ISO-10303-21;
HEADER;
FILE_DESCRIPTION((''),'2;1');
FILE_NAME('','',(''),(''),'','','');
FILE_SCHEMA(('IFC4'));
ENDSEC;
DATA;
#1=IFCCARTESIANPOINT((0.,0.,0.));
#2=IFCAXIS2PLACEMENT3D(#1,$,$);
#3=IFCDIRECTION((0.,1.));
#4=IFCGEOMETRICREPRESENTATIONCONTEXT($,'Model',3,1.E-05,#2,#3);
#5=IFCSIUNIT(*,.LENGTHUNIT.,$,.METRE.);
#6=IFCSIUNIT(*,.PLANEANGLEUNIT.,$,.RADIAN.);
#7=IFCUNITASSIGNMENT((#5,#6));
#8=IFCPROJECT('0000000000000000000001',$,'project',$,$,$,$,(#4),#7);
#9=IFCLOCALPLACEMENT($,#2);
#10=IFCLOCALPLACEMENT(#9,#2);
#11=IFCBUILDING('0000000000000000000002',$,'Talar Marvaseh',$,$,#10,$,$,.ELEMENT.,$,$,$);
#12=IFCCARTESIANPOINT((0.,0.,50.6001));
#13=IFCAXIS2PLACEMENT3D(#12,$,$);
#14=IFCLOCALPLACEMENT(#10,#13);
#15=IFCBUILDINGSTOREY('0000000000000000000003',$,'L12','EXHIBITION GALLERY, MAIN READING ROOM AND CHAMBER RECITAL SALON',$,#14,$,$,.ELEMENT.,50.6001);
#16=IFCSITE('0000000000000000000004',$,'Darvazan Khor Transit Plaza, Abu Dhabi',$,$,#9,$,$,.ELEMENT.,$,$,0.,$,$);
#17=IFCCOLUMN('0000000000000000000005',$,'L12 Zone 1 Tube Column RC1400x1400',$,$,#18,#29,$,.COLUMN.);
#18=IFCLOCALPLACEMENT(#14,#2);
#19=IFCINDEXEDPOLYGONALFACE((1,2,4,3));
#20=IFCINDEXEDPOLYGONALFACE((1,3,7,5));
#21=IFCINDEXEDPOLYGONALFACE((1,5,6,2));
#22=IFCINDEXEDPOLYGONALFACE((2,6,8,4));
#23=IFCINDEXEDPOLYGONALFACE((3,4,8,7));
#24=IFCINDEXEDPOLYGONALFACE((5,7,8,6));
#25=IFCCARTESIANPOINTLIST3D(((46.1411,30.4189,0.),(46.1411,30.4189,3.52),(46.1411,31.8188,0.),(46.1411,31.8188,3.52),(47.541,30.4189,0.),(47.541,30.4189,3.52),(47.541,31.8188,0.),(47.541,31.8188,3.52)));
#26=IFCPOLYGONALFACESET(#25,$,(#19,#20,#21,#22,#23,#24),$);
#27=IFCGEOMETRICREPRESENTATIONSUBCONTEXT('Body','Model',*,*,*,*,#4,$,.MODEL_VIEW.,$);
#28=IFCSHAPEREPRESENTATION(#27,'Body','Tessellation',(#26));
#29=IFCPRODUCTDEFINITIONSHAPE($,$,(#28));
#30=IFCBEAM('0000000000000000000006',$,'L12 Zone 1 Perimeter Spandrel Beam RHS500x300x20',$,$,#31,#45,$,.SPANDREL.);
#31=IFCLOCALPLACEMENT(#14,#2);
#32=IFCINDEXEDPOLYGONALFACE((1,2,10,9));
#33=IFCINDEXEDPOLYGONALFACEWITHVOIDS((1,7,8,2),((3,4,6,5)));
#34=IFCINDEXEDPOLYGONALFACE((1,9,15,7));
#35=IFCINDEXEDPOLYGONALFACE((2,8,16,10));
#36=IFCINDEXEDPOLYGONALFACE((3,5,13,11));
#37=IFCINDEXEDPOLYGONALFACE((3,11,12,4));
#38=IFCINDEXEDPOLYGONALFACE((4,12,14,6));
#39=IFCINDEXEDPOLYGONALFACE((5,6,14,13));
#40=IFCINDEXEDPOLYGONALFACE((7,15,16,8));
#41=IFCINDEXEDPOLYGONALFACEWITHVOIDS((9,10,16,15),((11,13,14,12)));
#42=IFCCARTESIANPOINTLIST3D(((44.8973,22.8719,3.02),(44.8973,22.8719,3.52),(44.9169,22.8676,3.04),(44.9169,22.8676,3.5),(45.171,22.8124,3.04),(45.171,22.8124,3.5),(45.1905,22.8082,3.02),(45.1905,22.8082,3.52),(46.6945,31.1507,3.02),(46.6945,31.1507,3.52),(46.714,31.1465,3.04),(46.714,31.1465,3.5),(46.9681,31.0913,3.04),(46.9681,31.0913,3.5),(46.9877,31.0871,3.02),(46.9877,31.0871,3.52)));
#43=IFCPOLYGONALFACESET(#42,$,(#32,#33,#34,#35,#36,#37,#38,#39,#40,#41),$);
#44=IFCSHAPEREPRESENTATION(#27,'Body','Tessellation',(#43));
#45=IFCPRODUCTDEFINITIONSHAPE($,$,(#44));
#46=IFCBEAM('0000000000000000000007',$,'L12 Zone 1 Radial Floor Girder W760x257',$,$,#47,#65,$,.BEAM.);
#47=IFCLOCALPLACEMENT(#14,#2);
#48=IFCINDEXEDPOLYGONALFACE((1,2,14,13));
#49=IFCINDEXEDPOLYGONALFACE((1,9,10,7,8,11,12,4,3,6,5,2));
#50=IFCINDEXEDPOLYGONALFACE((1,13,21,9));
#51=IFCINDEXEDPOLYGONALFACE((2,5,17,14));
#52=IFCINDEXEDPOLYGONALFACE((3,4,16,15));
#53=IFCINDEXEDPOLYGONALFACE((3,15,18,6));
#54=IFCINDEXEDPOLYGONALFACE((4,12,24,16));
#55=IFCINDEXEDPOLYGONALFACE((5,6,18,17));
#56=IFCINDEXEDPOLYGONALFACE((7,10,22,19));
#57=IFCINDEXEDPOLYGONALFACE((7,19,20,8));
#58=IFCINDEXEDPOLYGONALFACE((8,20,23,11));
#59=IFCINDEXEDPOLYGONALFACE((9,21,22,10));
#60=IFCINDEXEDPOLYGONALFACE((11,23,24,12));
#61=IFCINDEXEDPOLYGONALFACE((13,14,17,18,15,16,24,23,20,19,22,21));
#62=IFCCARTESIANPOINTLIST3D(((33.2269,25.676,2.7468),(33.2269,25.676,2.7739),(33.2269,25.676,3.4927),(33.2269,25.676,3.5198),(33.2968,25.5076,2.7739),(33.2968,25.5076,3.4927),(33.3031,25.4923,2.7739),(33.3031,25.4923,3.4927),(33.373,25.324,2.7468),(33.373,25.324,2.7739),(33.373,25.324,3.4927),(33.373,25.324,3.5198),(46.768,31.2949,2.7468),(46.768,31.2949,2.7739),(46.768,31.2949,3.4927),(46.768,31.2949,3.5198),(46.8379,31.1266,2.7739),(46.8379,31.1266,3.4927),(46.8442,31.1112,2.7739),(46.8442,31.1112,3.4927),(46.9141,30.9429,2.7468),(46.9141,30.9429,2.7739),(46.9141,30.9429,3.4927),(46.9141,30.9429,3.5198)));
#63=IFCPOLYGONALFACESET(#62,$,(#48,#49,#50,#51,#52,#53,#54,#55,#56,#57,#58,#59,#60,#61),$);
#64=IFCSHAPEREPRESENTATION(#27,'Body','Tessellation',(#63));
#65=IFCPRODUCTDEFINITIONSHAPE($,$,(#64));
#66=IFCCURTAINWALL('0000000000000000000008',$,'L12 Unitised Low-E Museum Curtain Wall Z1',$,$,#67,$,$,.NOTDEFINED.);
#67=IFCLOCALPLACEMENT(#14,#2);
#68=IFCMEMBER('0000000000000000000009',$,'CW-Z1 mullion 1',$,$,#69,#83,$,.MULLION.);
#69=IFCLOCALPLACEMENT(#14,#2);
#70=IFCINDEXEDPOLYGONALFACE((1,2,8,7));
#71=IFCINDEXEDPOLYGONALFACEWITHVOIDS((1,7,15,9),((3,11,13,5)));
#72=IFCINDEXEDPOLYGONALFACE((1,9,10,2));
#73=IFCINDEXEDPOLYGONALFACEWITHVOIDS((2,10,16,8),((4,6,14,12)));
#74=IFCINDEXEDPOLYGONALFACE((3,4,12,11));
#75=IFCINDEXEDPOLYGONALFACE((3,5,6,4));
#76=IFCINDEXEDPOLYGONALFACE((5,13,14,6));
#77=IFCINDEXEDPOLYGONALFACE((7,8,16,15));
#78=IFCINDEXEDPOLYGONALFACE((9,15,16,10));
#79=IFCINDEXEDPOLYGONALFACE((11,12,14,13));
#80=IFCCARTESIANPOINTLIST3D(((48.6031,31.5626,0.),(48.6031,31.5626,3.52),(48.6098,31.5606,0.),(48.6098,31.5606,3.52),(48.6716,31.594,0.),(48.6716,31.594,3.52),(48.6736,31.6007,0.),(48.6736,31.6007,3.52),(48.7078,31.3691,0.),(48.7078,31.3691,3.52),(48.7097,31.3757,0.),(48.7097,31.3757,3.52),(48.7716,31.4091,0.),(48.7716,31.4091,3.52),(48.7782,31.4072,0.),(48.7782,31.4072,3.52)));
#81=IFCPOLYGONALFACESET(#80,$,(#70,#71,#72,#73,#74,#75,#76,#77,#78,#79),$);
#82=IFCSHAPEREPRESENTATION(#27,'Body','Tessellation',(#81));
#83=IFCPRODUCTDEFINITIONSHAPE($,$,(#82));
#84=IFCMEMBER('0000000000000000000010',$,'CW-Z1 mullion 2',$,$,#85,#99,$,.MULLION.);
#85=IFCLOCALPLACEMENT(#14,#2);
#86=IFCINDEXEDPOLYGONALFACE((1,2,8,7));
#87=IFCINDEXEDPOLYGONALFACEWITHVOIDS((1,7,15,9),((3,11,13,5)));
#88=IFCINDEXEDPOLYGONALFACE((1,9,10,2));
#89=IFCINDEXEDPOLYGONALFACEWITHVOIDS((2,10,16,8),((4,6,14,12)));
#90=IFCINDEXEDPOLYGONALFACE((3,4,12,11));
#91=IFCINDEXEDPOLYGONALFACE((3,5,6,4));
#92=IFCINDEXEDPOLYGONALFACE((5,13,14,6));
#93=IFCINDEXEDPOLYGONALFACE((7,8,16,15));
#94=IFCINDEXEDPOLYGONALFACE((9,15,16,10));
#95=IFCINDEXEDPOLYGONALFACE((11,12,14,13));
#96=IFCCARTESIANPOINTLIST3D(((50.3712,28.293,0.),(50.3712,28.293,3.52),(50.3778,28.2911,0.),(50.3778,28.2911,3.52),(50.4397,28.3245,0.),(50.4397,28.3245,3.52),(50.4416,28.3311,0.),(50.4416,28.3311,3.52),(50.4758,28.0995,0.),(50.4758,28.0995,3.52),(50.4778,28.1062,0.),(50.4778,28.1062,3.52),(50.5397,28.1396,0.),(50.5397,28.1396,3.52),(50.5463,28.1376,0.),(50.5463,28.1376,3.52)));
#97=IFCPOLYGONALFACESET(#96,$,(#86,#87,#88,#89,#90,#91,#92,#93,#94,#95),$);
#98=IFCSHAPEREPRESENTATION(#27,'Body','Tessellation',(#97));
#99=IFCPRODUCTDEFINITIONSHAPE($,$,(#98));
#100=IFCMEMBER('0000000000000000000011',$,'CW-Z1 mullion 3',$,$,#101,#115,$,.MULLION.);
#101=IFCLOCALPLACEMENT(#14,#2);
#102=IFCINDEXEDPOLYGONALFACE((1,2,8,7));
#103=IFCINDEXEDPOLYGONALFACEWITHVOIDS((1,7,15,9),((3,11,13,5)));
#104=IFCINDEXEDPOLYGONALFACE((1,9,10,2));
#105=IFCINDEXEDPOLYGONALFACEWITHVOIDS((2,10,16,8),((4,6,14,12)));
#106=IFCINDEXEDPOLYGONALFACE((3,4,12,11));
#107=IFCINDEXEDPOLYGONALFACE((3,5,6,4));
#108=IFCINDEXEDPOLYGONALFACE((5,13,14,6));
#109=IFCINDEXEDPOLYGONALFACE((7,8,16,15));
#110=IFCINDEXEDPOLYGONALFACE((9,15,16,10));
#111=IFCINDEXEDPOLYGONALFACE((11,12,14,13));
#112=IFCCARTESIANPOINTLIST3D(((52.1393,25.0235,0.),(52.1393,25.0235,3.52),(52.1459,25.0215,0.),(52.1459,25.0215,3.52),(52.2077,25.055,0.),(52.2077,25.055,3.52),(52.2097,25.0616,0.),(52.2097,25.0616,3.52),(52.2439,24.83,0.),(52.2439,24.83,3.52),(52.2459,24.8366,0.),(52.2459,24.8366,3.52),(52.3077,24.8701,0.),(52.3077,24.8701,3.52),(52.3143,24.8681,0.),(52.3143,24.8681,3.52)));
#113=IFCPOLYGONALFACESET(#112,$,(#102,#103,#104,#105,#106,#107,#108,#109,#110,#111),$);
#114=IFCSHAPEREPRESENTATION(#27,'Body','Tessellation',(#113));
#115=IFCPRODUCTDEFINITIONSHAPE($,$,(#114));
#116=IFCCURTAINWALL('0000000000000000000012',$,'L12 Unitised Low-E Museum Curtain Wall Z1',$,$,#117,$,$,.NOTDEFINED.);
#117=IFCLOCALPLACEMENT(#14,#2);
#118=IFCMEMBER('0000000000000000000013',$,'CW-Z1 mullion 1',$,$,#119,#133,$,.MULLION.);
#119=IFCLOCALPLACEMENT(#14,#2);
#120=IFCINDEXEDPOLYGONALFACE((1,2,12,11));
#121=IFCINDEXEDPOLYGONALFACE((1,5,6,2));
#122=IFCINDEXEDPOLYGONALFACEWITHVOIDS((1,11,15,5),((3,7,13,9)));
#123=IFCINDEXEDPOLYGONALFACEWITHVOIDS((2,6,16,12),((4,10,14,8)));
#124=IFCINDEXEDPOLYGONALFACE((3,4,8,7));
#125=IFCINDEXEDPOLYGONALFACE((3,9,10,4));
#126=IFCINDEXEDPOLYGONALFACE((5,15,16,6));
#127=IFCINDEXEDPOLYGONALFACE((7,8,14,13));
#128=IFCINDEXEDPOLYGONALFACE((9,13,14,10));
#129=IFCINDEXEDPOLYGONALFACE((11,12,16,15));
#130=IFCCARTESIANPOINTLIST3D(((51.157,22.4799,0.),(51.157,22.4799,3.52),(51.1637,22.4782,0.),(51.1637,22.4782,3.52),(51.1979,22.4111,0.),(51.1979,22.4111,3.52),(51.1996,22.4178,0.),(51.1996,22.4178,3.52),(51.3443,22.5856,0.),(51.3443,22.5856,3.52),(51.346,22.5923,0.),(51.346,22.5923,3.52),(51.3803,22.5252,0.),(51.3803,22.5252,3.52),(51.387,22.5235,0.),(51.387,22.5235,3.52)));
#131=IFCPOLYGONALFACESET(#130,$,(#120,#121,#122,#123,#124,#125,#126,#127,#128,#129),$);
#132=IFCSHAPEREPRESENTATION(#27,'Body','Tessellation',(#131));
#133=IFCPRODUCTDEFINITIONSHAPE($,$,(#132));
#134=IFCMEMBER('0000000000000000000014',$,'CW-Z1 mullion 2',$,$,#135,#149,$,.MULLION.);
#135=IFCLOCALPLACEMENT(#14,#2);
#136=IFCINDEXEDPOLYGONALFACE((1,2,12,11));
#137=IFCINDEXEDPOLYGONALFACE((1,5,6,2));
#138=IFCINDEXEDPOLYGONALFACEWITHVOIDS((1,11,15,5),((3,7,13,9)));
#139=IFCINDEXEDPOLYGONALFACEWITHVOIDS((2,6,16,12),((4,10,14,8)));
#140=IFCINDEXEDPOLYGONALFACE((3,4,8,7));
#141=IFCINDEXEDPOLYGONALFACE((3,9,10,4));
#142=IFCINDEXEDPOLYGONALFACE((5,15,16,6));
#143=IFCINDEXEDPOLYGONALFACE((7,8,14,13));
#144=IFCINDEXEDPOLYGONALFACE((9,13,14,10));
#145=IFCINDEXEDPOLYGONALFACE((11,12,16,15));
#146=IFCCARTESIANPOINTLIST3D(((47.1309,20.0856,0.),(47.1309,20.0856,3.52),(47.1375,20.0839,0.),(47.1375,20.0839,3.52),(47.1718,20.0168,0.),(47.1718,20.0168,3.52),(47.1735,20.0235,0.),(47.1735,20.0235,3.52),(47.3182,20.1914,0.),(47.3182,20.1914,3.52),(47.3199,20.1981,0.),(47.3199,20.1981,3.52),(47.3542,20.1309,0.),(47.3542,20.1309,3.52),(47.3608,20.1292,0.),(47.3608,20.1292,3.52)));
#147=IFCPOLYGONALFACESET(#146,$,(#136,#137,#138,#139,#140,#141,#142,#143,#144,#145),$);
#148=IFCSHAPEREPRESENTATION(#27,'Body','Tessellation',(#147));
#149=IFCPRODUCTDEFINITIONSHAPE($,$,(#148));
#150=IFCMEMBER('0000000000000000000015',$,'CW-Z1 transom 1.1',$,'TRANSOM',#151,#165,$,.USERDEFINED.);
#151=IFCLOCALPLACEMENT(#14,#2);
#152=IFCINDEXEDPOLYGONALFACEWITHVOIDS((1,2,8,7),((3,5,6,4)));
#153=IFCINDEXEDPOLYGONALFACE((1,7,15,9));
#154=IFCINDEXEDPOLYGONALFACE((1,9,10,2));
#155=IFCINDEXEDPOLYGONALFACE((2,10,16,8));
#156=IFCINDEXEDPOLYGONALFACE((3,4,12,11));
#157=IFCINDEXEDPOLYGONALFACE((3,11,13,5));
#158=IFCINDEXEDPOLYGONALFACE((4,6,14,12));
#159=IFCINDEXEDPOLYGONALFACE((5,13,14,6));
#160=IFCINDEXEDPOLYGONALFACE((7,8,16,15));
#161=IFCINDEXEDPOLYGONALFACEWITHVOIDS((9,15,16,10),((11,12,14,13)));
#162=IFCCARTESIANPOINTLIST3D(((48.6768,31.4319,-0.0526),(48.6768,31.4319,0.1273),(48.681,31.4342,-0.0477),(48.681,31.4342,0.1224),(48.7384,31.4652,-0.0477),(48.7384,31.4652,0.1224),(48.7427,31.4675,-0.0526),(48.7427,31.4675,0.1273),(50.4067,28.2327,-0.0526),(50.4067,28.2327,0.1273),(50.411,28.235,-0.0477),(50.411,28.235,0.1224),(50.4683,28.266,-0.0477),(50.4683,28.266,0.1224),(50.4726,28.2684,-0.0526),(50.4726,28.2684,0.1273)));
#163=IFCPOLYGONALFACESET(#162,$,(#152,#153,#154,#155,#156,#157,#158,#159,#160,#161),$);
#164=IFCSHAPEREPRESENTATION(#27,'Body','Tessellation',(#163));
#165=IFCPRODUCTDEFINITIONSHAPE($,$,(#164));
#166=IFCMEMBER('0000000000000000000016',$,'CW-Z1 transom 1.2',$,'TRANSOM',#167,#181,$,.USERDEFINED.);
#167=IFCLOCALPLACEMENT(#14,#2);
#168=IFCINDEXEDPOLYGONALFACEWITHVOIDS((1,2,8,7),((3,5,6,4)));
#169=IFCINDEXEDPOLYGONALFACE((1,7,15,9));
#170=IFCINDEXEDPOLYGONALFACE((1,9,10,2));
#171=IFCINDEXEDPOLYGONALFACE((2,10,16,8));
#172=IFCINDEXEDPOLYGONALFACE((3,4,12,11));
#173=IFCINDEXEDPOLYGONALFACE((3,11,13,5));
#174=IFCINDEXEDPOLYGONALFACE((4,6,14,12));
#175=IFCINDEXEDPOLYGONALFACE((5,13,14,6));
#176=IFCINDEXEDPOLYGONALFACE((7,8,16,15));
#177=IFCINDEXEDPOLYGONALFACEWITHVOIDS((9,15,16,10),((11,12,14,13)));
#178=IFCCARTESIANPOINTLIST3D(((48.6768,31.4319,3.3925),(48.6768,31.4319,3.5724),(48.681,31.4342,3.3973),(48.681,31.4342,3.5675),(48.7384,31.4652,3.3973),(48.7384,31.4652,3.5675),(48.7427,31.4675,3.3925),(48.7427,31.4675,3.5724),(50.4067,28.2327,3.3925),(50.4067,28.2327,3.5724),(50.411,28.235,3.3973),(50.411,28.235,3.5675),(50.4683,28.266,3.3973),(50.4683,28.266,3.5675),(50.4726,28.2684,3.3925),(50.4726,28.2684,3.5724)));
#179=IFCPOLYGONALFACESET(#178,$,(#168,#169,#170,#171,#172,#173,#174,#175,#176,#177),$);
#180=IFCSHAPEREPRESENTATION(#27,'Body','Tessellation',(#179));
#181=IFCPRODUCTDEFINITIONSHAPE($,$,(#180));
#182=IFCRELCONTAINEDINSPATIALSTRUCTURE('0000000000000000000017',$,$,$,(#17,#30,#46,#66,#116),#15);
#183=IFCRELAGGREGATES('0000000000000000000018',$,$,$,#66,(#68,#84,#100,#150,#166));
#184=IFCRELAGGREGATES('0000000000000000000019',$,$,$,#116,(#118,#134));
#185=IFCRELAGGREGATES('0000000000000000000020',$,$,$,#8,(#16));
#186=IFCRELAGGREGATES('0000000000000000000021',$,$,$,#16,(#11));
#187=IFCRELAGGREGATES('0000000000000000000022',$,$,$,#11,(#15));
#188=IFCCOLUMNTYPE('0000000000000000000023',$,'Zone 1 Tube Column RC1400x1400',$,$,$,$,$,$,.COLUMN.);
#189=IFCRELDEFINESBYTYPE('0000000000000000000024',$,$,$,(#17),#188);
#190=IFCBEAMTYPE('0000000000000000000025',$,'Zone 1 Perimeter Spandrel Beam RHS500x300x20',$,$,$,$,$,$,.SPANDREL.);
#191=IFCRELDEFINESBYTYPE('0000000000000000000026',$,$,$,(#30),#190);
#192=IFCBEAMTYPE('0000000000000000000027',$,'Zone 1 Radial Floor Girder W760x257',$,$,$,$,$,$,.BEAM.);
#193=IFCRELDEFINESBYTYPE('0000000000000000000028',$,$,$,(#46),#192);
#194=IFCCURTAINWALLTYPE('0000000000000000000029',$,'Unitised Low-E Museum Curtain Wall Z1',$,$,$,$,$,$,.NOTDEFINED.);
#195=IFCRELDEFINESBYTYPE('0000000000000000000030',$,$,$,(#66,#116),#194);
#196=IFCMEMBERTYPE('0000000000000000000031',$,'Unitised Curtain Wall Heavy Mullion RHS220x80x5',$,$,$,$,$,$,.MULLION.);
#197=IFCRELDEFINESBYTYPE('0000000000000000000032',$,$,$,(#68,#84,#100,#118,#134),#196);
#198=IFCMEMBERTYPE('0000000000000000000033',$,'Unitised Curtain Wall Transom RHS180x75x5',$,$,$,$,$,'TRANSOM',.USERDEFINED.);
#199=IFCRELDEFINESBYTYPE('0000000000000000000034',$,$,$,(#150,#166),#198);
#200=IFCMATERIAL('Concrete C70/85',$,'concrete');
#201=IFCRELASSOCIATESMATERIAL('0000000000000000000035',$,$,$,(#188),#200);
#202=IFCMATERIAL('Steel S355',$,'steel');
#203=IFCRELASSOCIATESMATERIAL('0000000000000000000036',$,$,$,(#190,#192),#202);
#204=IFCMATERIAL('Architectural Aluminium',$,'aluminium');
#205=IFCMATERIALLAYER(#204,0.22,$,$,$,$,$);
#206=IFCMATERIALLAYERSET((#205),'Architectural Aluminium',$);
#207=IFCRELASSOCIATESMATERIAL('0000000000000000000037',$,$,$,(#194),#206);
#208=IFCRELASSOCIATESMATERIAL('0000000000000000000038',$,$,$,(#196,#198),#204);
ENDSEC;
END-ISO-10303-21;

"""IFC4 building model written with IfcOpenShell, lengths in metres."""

from ifc_helpers import new_model, si_unit, direction, frame, origin, origin_2d, place, context, subcontext, project, spatial, rectangle, hollow_rectangle, i_section, extrude, source, transform, mapped, material, layer, layer_set, material_profile, profile_set, type_object, type_shapes, element, aggregate, save


model = new_model("IFC4")

# Units and contexts
model_context = context("Model", 3, precision=1e-05, world=origin(), true_north=direction((0.0, 1.0)))
body_context = subcontext(model_context, "Body", "Model", "MODEL_VIEW")
ifc_project = project(units=[si_unit("LENGTHUNIT", "METRE"), si_unit("PLANEANGLEUNIT", "RADIAN")], contexts=[model_context])

# Site, building, storey
site_placement = place(None, origin())
site = spatial("IfcSite", under=ifc_project, at=site_placement, Name="Darvazan Khor Transit Plaza, Abu Dhabi", CompositionType="ELEMENT", RefElevation=0.0)
building_placement = place(site_placement, origin())
building = spatial("IfcBuilding", under=site, at=building_placement, Name="Talar Marvaseh", CompositionType="ELEMENT")
storey_placement = place(building_placement, frame((0.0, 0.0, 50.6001)))
storey = spatial("IfcBuildingStorey", under=building, at=storey_placement, Name="L12", Description="EXHIBITION GALLERY, MAIN READING ROOM AND CHAMBER RECITAL SALON", CompositionType="ELEMENT", Elevation=50.6001)

# Column
ifc_material_1 = material(Name="Concrete C70/85", Category="concrete")
ifc_material_profile_1 = material_profile(ifc_material_1, rectangle(XDim=1.3999, YDim=1.3999, at=origin_2d()), Name="RC1400x1400")
ifc_profile_set_1 = profile_set([ifc_material_profile_1], Name="Concrete C70/85")
column_type = type_object("IfcColumnType", Name="Zone 1 Tube Column RC1400x1400", PredefinedType="COLUMN", material=ifc_profile_set_1)
column_placement = place(storey_placement, frame((46.8411, 31.1189, 0.0), z_axis=(0.0, 0.0, 1.0), x_axis=(1.0, 0.0, 0.0)))
element("IfcColumn", 1, at=column_placement, inside=storey, type_object=column_type, Name="L12 Zone 1 Tube Column RC1400x1400", PredefinedType="COLUMN", context=body_context, shape_type="SweptSolid", body=[
    extrude(rectangle(XDim=1.3999, YDim=1.3999, at=origin_2d()), origin(), (0.0, 0.0, 1.0), 3.52),
])

# Beams
ifc_material_2 = material(Name="Steel S355", Category="steel")
ifc_material_profile_2 = material_profile(ifc_material_2, hollow_rectangle(XDim=0.3, YDim=0.5, WallThickness=0.02, at=origin_2d()), Name="RHS500x300x20")
ifc_profile_set_2 = profile_set([ifc_material_profile_2], Name="Steel S355")
beam_type_1 = type_object("IfcBeamType", Name="Zone 1 Perimeter Spandrel Beam RHS500x300x20", PredefinedType="SPANDREL", material=ifc_profile_set_2)
beam_1_placement = place(storey_placement, frame((46.8411, 31.1189, 3.27), z_axis=(-0.212134, -0.977241, 0.0), x_axis=(0.977241, -0.212134, 0.0)))
element("IfcBeam", 2, at=beam_1_placement, inside=storey, type_object=beam_type_1, Name="L12 Zone 1 Perimeter Spandrel Beam RHS500x300x20", PredefinedType="SPANDREL", context=body_context, shape_type="SweptSolid", body=[
    extrude(hollow_rectangle(XDim=0.3, YDim=0.5, WallThickness=0.02, at=origin_2d()), origin(), (0.0, 0.0, 1.0), 8.4717),
])
ifc_material_profile_3 = material_profile(ifc_material_2, i_section(OverallWidth=0.3811, OverallDepth=0.7729, WebThickness=0.0166, FlangeThickness=0.0271, at=origin_2d()), Name="W760x257")
ifc_profile_set_3 = profile_set([ifc_material_profile_3], Name="Steel S355")
beam_type_2 = type_object("IfcBeamType", Name="Zone 1 Radial Floor Girder W760x257", PredefinedType="BEAM", material=ifc_profile_set_3)
beam_2_placement = place(storey_placement, frame((46.8411, 31.1189, 3.1333), z_axis=(-0.923638, -0.383267, 0.0), x_axis=(0.383267, -0.923638, 0.0)))
element("IfcBeam", 3, at=beam_2_placement, inside=storey, type_object=beam_type_2, Name="L12 Zone 1 Radial Floor Girder W760x257", PredefinedType="BEAM", context=body_context, shape_type="SweptSolid", body=[
    extrude(i_section(OverallWidth=0.3811, OverallDepth=0.7729, WebThickness=0.0166, FlangeThickness=0.0271, at=origin_2d()), origin(), (0.0, 0.0, 1.0), 14.6606),
])

# Curtain walls, members
ifc_material_3 = material(Name="Architectural Aluminium", Category="aluminium")
ifc_layer_1 = layer(ifc_material_3, 0.22)
ifc_layer_set_1 = layer_set([ifc_layer_1], Name="Architectural Aluminium")
curtain_wall_type = type_object("IfcCurtainWallType", Name="Unitised Low-E Museum Curtain Wall Z1", PredefinedType="NOTDEFINED", material=ifc_layer_set_1)
curtain_wall_1_placement = place(storey_placement, origin())
curtain_wall_1 = element("IfcCurtainWall", 4, at=curtain_wall_1_placement, inside=storey, type_object=curtain_wall_type, Name="L12 Unitised Low-E Museum Curtain Wall Z1", PredefinedType="NOTDEFINED")
ifc_material_profile_4 = material_profile(ifc_material_3, hollow_rectangle(XDim=0.0801, YDim=0.22, WallThickness=0.0049, at=origin_2d()), Name="RHS220x80x5")
ifc_profile_set_4 = profile_set([ifc_material_profile_4], Name="Architectural Aluminium")
member_type_1 = type_object("IfcMemberType", Name="Unitised Curtain Wall Heavy Mullion RHS220x80x5", PredefinedType="MULLION", material=ifc_profile_set_4)
shared_shape_1 = source(origin(), body_context, "Body", "SweptSolid", [
    extrude(hollow_rectangle(XDim=0.0801, YDim=0.22, WallThickness=0.0049, at=origin_2d()), origin(), (0.0, 0.0, 1.0), 3.52),
])
type_shapes(member_type_1, [shared_shape_1])
member_1_placement = place(storey_placement, frame((48.6907, 31.4849, 0.0), z_axis=(0.0, 0.0, 1.0), x_axis=(0.87962, 0.475677, 0.0)))
member_1 = element("IfcMember", 5, at=member_1_placement, type_object=member_type_1, Name="CW-Z1 mullion 1", PredefinedType="MULLION", context=body_context, shape_type="MappedRepresentation", body=[
    mapped(shared_shape_1, transform((0.0, 0.0, 0.0), x_axis=(1.0, 0.0, 0.0), y_axis=(0.0, 1.0, 0.0), z_axis=(0.0, 0.0, 1.0), scale=1.0)),
])
member_2_placement = place(storey_placement, frame((50.4587, 28.2153, 0.0), z_axis=(0.0, 0.0, 1.0), x_axis=(0.87962, 0.475677, 0.0)))
member_2 = element("IfcMember", 6, at=member_2_placement, type_object=member_type_1, Name="CW-Z1 mullion 2", PredefinedType="MULLION", context=body_context, shape_type="MappedRepresentation", body=[
    mapped(shared_shape_1, transform((0.0, 0.0, 0.0), x_axis=(1.0, 0.0, 0.0), y_axis=(0.0, 1.0, 0.0), z_axis=(0.0, 0.0, 1.0), scale=1.0)),
])
member_3_placement = place(storey_placement, frame((52.2268, 24.9458, 0.0), z_axis=(0.0, 0.0, 1.0), x_axis=(0.87962, 0.475677, 0.0)))
member_3 = element("IfcMember", 7, at=member_3_placement, type_object=member_type_1, Name="CW-Z1 mullion 3", PredefinedType="MULLION", context=body_context, shape_type="MappedRepresentation", body=[
    mapped(shared_shape_1, transform((0.0, 0.0, 0.0), x_axis=(1.0, 0.0, 0.0), y_axis=(0.0, 1.0, 0.0), z_axis=(0.0, 0.0, 1.0), scale=1.0)),
])
curtain_wall_2_placement = place(storey_placement, origin())
curtain_wall_2 = element("IfcCurtainWall", 8, at=curtain_wall_2_placement, inside=storey, type_object=curtain_wall_type, Name="L12 Unitised Low-E Museum Curtain Wall Z1", PredefinedType="NOTDEFINED")
member_4_placement = place(storey_placement, frame((51.272, 22.5017, 0.0), z_axis=(0.0, 0.0, 1.0), x_axis=(0.511155, -0.859489, 0.0)))
member_4 = element("IfcMember", 9, at=member_4_placement, type_object=member_type_1, Name="CW-Z1 mullion 1", PredefinedType="MULLION", context=body_context, shape_type="MappedRepresentation", body=[
    mapped(shared_shape_1, transform((0.0, 0.0, 0.0), x_axis=(1.0, 0.0, 0.0), y_axis=(0.0, 1.0, 0.0), z_axis=(0.0, 0.0, 1.0), scale=1.0)),
])
member_5_placement = place(storey_placement, frame((47.2458, 20.1074, 0.0), z_axis=(0.0, 0.0, 1.0), x_axis=(0.511155, -0.859489, 0.0)))
member_5 = element("IfcMember", 10, at=member_5_placement, type_object=member_type_1, Name="CW-Z1 mullion 2", PredefinedType="MULLION", context=body_context, shape_type="MappedRepresentation", body=[
    mapped(shared_shape_1, transform((0.0, 0.0, 0.0), x_axis=(1.0, 0.0, 0.0), y_axis=(0.0, 1.0, 0.0), z_axis=(0.0, 0.0, 1.0), scale=1.0)),
])

# Members
ifc_material_profile_5 = material_profile(ifc_material_3, hollow_rectangle(XDim=0.075, YDim=0.1799, WallThickness=0.0049, at=origin_2d()), Name="RHS180x75x5")
ifc_profile_set_5 = profile_set([ifc_material_profile_5], Name="Architectural Aluminium")
member_type_2 = type_object("IfcMemberType", Name="Unitised Curtain Wall Transom RHS180x75x5", ElementType="TRANSOM", PredefinedType="USERDEFINED", material=ifc_profile_set_5)
shared_shape_2 = source(origin(), body_context, "Body", "SweptSolid", [
    extrude(hollow_rectangle(XDim=0.075, YDim=0.1799, WallThickness=0.0049, at=origin_2d()), origin(), (0.0, 0.0, 1.0), 3.637),
])
member_6_placement = place(storey_placement, frame((48.7097, 31.4497, 0.0374), z_axis=(0.47566, -0.879629, 0.0), x_axis=(0.879629, 0.47566, 0.0)))
member_6 = element("IfcMember", 11, at=member_6_placement, type_object=member_type_2, Name="CW-Z1 transom 1.1", ObjectType="TRANSOM", PredefinedType="USERDEFINED", context=body_context, shape_type="MappedRepresentation", body=[
    mapped(shared_shape_2, transform((0.0, 0.0, 0.0), x_axis=(1.0, 0.0, 0.0), y_axis=(0.0, 1.0, 0.0), z_axis=(0.0, 0.0, 1.0), scale=1.0)),
])
member_7_placement = place(storey_placement, frame((48.7097, 31.4497, 3.4824), z_axis=(0.47566, -0.879629, 0.0), x_axis=(0.879629, 0.47566, 0.0)))
member_7 = element("IfcMember", 12, at=member_7_placement, type_object=member_type_2, Name="CW-Z1 transom 1.2", ObjectType="TRANSOM", PredefinedType="USERDEFINED", context=body_context, shape_type="MappedRepresentation", body=[
    mapped(shared_shape_2, transform((0.0, 0.0, 0.0), x_axis=(1.0, 0.0, 0.0), y_axis=(0.0, 1.0, 0.0), z_axis=(0.0, 0.0, 1.0), scale=1.0)),
])

aggregate(curtain_wall_1, [member_1, member_2, member_3, member_6, member_7])
aggregate(curtain_wall_2, [member_4, member_5])

save(model, "model.ifc")
